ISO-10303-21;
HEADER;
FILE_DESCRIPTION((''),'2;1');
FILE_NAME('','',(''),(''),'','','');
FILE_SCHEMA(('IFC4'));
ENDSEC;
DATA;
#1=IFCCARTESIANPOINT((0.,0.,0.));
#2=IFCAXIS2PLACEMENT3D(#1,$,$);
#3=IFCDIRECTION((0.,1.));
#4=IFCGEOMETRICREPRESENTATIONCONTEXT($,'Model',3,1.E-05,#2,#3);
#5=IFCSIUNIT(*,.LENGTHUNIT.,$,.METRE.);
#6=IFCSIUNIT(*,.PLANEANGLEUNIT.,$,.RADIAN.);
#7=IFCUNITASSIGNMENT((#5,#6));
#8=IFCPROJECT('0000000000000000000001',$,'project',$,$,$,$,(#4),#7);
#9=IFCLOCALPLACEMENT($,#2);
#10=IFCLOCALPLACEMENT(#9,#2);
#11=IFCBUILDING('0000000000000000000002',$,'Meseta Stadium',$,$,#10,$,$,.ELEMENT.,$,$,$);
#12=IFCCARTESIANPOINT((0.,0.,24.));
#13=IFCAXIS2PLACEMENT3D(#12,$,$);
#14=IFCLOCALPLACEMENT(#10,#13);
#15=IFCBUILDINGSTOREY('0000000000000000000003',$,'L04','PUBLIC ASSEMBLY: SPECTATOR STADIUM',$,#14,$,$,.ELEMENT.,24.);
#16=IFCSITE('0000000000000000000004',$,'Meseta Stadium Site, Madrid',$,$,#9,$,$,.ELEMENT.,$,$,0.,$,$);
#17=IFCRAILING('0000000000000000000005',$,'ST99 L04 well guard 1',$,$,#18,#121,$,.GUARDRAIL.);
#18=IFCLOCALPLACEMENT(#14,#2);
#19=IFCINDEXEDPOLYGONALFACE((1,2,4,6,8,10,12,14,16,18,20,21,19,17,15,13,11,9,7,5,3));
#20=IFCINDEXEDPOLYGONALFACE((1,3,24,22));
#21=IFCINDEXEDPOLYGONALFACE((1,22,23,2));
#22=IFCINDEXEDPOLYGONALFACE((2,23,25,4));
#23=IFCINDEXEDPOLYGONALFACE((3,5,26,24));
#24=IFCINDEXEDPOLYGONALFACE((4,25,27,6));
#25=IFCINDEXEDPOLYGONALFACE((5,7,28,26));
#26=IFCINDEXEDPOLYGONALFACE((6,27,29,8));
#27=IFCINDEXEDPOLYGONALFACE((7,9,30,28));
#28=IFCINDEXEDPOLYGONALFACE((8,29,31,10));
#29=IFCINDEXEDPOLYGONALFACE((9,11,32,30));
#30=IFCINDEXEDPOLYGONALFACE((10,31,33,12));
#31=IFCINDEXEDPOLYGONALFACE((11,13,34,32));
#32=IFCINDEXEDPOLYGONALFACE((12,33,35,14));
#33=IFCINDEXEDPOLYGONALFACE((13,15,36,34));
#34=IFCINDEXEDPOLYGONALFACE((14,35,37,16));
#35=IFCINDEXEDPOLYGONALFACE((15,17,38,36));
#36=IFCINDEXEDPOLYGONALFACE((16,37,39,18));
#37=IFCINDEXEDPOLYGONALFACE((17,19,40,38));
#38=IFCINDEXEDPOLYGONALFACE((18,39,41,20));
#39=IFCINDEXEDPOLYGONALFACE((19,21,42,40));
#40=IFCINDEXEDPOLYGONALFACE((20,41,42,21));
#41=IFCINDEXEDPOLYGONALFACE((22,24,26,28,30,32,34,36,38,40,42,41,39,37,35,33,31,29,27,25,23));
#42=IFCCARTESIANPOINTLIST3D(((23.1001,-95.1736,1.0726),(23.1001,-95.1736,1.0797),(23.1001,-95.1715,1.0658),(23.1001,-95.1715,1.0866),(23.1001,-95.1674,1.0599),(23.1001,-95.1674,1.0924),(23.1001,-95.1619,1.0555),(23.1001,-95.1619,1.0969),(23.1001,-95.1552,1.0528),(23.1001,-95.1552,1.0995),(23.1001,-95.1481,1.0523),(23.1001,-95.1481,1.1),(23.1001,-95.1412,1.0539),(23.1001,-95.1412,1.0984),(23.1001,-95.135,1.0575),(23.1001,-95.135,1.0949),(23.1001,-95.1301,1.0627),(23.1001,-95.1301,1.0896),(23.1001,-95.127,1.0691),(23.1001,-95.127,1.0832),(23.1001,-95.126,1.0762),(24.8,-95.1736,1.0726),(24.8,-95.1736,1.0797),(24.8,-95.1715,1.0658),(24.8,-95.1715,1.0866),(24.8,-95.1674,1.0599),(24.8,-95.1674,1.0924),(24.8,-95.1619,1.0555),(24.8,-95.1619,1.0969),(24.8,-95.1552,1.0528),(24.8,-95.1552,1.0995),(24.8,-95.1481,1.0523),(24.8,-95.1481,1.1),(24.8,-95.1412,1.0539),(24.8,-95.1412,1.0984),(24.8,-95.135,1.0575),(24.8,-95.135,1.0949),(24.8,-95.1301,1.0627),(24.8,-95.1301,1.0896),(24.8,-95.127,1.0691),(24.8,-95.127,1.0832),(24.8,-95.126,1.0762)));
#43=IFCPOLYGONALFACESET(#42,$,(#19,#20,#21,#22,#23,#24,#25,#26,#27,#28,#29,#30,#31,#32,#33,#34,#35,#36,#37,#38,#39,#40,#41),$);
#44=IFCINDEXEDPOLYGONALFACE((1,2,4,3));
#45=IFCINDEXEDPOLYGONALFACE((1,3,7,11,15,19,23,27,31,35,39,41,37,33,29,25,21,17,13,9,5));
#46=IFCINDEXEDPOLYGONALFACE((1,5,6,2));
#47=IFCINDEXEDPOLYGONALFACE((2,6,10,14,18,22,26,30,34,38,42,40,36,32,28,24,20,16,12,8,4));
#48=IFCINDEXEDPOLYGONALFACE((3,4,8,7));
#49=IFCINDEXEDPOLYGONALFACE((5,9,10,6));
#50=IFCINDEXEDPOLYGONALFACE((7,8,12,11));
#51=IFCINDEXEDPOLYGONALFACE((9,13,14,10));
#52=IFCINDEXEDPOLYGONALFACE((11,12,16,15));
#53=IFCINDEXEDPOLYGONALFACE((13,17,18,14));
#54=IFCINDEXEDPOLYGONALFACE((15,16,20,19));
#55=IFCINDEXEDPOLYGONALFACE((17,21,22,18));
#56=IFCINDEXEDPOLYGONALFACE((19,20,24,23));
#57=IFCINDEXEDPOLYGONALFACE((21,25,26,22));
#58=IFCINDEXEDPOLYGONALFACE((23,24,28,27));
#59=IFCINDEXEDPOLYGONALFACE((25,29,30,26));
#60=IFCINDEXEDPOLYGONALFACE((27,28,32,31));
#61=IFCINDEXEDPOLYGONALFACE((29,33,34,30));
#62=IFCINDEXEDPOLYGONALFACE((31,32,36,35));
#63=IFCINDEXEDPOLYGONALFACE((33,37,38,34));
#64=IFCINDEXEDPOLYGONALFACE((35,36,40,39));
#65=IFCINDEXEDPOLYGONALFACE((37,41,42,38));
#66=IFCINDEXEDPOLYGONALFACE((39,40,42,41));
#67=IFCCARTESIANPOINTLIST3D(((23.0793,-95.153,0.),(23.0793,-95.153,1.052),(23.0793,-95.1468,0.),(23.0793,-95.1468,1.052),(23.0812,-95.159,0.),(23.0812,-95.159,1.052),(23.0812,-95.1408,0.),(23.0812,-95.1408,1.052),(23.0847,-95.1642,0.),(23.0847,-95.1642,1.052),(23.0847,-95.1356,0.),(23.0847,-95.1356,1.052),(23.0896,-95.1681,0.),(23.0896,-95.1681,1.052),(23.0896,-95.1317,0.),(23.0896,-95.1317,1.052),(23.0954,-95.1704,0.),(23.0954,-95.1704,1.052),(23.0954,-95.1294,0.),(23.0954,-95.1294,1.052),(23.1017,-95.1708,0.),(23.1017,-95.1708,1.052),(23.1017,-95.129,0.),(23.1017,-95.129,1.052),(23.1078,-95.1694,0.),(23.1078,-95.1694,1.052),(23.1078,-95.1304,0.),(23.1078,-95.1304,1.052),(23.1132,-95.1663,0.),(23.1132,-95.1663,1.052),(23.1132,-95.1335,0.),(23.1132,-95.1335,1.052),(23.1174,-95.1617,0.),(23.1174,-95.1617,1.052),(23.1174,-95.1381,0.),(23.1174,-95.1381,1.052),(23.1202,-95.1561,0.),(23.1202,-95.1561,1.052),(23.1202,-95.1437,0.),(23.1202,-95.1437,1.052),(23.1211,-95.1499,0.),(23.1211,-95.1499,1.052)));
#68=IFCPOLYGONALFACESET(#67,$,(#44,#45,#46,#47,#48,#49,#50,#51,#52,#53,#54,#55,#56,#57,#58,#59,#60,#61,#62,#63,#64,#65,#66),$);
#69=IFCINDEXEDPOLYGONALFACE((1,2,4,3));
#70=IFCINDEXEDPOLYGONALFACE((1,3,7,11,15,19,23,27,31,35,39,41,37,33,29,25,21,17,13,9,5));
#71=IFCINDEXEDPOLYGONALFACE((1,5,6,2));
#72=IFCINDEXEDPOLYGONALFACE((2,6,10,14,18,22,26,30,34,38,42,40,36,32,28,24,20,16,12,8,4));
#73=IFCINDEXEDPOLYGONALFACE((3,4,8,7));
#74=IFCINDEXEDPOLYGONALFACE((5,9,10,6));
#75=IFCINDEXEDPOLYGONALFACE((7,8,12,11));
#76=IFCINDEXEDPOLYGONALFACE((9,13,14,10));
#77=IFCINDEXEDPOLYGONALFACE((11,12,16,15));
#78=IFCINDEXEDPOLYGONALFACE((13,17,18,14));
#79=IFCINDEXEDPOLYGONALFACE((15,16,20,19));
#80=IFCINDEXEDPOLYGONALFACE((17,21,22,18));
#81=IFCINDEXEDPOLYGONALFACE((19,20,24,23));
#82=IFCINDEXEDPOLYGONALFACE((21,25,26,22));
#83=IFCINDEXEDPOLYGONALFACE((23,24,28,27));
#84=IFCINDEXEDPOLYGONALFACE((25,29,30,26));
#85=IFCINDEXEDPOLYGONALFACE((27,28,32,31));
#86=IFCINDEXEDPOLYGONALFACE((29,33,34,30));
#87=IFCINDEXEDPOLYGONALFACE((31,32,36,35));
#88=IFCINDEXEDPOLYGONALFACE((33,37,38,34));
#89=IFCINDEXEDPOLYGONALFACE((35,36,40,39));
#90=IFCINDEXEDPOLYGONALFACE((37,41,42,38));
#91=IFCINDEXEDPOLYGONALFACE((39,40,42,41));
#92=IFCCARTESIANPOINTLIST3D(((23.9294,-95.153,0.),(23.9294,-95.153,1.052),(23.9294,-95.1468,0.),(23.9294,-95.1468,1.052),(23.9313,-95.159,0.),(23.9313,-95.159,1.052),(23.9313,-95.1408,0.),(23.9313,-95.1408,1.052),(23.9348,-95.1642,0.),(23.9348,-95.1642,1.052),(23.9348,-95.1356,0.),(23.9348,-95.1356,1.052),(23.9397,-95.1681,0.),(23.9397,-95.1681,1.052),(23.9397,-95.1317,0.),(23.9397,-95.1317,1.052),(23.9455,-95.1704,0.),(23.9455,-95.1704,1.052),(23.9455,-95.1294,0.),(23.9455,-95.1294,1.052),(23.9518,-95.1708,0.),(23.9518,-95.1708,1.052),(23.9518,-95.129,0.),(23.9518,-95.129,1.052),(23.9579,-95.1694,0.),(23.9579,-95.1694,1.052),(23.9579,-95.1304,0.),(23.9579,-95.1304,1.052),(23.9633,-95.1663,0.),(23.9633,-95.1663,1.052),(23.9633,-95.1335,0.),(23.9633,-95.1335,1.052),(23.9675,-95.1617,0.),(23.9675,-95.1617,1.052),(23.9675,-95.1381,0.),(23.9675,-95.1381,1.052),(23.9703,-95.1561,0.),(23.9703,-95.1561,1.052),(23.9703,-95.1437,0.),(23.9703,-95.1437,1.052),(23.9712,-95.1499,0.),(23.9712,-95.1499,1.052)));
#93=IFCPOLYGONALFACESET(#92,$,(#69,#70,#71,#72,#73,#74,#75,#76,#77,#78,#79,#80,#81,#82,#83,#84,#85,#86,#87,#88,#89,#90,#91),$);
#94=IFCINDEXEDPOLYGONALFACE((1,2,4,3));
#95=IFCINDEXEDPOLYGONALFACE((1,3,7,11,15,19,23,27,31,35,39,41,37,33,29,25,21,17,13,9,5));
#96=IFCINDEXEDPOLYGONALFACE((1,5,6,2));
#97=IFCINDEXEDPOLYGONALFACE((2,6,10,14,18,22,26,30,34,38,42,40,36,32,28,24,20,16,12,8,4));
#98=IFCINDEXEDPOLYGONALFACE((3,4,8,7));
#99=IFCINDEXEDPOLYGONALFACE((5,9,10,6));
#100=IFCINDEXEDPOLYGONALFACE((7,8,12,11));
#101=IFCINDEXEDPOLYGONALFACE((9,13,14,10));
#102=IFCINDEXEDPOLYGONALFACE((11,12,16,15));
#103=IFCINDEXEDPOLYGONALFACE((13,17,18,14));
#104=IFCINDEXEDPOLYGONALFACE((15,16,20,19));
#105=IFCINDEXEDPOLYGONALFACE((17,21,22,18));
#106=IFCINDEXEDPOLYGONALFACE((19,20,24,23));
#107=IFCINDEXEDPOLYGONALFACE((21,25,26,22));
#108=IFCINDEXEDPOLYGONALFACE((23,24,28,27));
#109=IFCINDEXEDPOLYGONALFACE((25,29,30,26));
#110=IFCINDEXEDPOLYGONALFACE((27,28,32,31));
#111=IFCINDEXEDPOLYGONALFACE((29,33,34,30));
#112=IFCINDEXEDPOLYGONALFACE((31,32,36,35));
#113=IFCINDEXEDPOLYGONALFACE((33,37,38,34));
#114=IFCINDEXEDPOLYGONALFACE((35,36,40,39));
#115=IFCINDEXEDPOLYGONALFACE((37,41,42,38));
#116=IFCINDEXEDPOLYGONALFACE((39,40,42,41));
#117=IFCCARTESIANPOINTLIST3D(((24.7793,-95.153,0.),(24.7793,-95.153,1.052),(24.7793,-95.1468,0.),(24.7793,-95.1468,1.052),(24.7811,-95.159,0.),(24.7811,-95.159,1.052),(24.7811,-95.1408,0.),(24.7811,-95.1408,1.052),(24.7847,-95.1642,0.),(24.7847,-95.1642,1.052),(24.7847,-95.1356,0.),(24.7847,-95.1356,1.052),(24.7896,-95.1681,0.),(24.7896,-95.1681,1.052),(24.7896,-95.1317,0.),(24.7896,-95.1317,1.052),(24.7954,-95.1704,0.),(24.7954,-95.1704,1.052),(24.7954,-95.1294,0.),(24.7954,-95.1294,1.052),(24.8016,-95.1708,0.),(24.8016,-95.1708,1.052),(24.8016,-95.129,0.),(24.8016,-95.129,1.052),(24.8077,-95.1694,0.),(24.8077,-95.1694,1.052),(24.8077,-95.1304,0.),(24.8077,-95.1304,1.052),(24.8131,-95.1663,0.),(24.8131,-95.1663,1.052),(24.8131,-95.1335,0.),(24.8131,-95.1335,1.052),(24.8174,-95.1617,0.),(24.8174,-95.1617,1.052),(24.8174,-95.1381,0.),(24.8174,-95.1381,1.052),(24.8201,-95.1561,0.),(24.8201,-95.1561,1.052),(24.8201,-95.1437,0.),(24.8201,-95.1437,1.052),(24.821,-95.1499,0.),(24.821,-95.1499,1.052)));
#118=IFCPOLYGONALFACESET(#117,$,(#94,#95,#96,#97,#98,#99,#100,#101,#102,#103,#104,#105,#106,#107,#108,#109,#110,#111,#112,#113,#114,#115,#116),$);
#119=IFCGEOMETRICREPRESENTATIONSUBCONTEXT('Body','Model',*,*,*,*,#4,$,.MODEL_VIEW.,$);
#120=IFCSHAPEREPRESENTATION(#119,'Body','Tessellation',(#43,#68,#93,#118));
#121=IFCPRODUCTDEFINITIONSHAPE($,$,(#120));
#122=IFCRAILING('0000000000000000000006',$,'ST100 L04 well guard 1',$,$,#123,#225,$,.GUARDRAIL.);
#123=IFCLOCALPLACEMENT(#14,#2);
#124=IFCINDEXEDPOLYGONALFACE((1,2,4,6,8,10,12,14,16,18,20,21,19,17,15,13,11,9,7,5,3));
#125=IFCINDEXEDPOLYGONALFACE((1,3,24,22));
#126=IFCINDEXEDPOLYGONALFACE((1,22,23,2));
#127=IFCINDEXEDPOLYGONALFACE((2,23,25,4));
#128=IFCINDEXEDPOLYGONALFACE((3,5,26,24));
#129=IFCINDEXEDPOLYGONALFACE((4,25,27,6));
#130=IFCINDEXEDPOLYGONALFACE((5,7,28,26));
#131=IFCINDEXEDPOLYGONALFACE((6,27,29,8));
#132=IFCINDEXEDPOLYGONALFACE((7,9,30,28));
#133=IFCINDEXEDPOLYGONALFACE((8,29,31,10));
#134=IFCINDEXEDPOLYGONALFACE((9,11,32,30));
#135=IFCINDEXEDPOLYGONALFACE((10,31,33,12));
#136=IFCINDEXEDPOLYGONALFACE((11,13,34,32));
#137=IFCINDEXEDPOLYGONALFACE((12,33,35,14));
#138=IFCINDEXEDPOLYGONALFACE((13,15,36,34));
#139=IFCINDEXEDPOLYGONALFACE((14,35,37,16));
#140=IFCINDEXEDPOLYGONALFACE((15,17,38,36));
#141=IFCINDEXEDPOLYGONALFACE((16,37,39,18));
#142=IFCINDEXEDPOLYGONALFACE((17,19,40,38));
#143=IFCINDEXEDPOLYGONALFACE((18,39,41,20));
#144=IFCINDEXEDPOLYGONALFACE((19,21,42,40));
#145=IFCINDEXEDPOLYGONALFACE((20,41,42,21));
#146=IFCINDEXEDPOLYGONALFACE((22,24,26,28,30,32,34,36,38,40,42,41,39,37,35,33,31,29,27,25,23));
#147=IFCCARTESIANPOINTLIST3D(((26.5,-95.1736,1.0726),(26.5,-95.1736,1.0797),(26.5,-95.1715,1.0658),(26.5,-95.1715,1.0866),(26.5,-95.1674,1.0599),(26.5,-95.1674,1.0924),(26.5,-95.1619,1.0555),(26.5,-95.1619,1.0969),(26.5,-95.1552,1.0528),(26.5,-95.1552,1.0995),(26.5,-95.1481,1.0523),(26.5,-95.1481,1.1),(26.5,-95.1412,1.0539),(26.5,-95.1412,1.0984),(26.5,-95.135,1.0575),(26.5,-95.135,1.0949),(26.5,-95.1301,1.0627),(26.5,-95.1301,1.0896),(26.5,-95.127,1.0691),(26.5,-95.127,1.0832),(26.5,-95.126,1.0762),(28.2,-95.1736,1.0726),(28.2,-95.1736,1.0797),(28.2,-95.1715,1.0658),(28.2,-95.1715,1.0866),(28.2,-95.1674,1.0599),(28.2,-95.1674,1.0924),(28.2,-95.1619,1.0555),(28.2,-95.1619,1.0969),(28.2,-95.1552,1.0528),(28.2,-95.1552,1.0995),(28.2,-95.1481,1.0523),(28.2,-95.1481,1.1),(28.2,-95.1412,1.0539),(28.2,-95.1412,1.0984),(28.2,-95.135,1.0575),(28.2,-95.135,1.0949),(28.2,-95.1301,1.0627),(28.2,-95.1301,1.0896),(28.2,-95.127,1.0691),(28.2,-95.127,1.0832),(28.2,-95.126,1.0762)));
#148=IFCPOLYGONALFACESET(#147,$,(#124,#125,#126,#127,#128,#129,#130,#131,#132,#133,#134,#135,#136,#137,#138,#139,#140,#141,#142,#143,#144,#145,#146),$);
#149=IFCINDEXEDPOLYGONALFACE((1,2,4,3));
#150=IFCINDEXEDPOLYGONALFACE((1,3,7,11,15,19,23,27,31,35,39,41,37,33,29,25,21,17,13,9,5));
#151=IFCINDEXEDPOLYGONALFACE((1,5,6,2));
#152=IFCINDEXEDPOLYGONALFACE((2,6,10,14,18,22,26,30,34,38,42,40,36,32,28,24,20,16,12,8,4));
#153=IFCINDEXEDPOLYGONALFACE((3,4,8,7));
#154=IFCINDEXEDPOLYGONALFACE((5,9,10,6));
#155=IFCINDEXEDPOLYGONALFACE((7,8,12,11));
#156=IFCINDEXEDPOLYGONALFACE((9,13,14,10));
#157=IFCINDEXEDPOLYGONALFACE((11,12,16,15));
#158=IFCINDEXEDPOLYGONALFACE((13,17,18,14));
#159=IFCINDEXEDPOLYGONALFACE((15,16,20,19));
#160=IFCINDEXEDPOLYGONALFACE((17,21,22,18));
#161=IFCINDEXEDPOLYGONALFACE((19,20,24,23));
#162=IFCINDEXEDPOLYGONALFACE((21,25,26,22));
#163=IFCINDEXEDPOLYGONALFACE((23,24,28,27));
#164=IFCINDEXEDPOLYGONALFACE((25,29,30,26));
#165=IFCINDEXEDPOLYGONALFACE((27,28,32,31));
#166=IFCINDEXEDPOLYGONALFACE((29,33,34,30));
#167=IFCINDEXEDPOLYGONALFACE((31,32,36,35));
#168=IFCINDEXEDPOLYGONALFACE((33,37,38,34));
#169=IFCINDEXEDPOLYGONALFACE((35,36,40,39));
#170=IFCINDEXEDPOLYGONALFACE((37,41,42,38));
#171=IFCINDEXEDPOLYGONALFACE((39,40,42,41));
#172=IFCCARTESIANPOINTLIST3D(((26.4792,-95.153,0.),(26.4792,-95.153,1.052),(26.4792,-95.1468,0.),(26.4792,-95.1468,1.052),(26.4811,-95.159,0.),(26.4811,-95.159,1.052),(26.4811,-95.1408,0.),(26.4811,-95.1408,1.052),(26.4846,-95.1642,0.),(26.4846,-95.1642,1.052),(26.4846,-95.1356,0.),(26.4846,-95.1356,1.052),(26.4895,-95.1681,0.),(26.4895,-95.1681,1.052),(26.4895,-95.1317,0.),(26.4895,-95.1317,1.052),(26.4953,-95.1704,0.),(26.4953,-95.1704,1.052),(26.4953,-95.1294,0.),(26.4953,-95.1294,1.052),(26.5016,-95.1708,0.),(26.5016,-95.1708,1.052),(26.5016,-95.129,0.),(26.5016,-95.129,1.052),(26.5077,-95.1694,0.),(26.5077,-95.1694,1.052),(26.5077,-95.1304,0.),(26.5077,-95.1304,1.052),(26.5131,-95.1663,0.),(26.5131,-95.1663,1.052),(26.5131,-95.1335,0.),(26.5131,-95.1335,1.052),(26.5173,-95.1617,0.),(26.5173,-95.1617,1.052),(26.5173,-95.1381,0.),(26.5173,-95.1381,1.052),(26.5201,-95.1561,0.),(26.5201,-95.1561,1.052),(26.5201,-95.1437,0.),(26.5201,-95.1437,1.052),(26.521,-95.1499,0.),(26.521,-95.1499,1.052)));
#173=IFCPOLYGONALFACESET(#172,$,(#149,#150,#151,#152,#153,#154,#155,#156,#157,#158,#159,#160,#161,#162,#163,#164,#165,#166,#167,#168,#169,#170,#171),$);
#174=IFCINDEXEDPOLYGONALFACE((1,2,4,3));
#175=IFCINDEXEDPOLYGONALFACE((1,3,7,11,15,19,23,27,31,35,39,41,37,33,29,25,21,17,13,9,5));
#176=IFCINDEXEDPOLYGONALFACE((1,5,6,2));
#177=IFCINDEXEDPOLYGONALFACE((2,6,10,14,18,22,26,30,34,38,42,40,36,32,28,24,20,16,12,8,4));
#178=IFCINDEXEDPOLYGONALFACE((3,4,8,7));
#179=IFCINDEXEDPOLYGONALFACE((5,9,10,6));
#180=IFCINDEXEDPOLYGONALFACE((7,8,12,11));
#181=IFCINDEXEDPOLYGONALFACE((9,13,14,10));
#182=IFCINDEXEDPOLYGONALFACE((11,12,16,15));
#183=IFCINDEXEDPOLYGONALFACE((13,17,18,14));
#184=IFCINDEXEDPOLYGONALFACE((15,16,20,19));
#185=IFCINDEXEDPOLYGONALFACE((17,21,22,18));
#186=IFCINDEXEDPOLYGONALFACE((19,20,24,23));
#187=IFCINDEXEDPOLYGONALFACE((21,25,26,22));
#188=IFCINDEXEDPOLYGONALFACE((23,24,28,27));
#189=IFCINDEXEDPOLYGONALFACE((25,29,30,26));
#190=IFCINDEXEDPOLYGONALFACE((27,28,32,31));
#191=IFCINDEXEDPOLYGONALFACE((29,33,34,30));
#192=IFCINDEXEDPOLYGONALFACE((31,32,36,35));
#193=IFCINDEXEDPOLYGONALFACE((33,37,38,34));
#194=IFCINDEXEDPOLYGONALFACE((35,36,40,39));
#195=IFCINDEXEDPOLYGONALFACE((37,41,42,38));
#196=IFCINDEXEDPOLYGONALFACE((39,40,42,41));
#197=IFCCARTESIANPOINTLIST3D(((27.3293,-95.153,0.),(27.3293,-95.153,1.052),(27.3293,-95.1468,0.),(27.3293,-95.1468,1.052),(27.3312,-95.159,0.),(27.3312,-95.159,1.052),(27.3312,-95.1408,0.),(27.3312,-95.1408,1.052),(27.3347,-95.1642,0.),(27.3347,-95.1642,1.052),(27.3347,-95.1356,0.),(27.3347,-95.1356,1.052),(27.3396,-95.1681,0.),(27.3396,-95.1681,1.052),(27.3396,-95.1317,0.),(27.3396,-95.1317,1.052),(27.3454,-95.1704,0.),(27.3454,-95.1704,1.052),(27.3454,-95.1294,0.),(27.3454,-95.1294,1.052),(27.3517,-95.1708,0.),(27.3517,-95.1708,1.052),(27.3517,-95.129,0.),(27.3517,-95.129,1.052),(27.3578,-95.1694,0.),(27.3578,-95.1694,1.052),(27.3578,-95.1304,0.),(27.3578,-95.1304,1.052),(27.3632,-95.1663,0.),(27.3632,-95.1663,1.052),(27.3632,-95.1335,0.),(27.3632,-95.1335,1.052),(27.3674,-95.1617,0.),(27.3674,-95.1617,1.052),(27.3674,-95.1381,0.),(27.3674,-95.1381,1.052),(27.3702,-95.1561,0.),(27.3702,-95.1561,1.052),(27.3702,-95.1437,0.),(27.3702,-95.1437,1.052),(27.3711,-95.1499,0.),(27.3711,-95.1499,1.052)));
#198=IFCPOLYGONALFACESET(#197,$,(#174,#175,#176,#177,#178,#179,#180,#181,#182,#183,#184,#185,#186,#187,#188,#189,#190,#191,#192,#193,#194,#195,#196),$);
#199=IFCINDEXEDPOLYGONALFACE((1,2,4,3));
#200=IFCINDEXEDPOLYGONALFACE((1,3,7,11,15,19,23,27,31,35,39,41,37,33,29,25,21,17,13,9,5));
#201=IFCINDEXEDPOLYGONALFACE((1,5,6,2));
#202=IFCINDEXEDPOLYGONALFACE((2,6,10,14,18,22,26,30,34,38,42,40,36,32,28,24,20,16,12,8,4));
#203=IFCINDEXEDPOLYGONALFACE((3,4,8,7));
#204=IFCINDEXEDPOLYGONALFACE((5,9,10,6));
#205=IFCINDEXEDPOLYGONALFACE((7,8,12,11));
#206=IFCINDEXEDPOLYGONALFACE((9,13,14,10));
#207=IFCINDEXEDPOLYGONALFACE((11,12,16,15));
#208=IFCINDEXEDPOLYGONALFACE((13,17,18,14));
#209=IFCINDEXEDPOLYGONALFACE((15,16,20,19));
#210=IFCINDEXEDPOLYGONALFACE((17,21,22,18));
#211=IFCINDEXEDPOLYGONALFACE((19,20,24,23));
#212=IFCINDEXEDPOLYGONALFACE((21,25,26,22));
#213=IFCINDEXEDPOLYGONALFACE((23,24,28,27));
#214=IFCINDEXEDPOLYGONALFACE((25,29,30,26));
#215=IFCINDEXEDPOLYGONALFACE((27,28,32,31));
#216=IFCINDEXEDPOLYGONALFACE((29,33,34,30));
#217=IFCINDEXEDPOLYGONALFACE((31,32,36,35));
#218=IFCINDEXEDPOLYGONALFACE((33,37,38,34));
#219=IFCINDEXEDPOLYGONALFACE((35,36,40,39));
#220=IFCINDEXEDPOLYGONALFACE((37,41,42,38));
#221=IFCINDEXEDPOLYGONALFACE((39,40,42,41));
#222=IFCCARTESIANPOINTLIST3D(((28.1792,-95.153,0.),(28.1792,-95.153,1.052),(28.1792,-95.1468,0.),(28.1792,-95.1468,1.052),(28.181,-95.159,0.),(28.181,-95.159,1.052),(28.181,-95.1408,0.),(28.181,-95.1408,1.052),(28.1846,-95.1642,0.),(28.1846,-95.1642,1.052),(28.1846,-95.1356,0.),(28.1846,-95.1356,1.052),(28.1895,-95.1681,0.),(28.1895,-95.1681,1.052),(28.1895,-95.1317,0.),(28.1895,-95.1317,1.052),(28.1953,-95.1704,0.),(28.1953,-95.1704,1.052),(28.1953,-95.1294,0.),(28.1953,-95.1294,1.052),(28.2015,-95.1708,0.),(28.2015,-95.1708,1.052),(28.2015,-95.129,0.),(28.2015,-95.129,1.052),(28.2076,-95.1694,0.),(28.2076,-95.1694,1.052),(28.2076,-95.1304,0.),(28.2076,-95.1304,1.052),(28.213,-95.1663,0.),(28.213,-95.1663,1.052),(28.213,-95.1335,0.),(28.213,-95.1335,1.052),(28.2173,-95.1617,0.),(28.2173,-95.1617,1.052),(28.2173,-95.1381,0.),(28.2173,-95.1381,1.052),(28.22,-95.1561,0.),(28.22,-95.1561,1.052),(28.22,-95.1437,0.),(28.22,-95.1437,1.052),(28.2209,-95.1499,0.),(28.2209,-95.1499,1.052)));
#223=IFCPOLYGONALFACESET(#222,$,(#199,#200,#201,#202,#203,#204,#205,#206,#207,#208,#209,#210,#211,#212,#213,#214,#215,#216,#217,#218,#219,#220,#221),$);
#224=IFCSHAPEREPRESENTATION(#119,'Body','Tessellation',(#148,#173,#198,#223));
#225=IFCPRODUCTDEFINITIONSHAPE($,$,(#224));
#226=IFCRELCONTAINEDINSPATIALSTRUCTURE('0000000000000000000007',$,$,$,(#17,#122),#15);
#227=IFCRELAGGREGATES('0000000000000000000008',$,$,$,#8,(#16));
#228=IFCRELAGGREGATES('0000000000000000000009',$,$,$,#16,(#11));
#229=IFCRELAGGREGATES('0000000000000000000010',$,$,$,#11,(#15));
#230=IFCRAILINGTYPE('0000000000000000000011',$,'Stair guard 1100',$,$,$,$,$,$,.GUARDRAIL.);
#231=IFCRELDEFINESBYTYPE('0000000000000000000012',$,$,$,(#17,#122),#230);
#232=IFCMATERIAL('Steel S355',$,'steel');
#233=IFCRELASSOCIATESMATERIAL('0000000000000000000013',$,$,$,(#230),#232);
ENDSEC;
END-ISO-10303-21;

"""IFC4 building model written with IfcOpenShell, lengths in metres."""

from ifc_helpers import new_model, si_unit, direction, frame, origin, origin_2d, place, context, subcontext, project, spatial, circle, extrude, material, type_object, element, save


model = new_model("IFC4")

# Units and contexts
model_context = context("Model", 3, precision=1e-05, world=origin(), true_north=direction((0.0, 1.0)))
body_context = subcontext(model_context, "Body", "Model", "MODEL_VIEW")
ifc_project = project(units=[si_unit("LENGTHUNIT", "METRE"), si_unit("PLANEANGLEUNIT", "RADIAN")], contexts=[model_context])

# Site, building, storey
site_placement = place(None, origin())
site = spatial("IfcSite", under=ifc_project, at=site_placement, Name="Meseta Stadium Site, Madrid", CompositionType="ELEMENT", RefElevation=0.0)
building_placement = place(site_placement, origin())
building = spatial("IfcBuilding", under=site, at=building_placement, Name="Meseta Stadium", CompositionType="ELEMENT")
storey_placement = place(building_placement, frame((0.0, 0.0, 24.0)))
storey = spatial("IfcBuildingStorey", under=building, at=storey_placement, Name="L04", Description="PUBLIC ASSEMBLY: SPECTATOR STADIUM", CompositionType="ELEMENT", Elevation=24.0)

# Railings
ifc_material_1 = material(Name="Steel S355", Category="steel")
railing_type_1 = type_object("IfcRailingType", Name="Stair guard 1100", PredefinedType="GUARDRAIL", material=ifc_material_1)
for number, where, name in (
    (1, (23.1001, -95.1499, 0.0), "ST99 L04 well guard 1"),
    (2, (26.5, -95.1499, 0.0), "ST100 L04 well guard 1"),
):
    element("IfcRailing", number, at=place(storey_placement, frame(where)), inside=storey, type_object=railing_type_1, Name=name, PredefinedType="GUARDRAIL", context=body_context, shape_type="SweptSolid", body=[
        extrude(circle(Radius=0.0239, at=origin_2d()), frame((0.0, 0.0, 1.0762), z_axis=(1.0, 0.0, 0.0), x_axis=(0.0, 1.0, 0.0)), (0.0, 0.0, 1.0), 1.7),
        extrude(circle(Radius=0.021, at=origin_2d()), origin(), (0.0, 0.0, 1.0), 1.052),
        extrude(circle(Radius=0.021, at=origin_2d()), frame((0.8501, 0.0, 0.0)), (0.0, 0.0, 1.0), 1.052),
        extrude(circle(Radius=0.021, at=origin_2d()), frame((1.7, 0.0, 0.0)), (0.0, 0.0, 1.0), 1.052),
    ])

save(model, "model.ifc")
